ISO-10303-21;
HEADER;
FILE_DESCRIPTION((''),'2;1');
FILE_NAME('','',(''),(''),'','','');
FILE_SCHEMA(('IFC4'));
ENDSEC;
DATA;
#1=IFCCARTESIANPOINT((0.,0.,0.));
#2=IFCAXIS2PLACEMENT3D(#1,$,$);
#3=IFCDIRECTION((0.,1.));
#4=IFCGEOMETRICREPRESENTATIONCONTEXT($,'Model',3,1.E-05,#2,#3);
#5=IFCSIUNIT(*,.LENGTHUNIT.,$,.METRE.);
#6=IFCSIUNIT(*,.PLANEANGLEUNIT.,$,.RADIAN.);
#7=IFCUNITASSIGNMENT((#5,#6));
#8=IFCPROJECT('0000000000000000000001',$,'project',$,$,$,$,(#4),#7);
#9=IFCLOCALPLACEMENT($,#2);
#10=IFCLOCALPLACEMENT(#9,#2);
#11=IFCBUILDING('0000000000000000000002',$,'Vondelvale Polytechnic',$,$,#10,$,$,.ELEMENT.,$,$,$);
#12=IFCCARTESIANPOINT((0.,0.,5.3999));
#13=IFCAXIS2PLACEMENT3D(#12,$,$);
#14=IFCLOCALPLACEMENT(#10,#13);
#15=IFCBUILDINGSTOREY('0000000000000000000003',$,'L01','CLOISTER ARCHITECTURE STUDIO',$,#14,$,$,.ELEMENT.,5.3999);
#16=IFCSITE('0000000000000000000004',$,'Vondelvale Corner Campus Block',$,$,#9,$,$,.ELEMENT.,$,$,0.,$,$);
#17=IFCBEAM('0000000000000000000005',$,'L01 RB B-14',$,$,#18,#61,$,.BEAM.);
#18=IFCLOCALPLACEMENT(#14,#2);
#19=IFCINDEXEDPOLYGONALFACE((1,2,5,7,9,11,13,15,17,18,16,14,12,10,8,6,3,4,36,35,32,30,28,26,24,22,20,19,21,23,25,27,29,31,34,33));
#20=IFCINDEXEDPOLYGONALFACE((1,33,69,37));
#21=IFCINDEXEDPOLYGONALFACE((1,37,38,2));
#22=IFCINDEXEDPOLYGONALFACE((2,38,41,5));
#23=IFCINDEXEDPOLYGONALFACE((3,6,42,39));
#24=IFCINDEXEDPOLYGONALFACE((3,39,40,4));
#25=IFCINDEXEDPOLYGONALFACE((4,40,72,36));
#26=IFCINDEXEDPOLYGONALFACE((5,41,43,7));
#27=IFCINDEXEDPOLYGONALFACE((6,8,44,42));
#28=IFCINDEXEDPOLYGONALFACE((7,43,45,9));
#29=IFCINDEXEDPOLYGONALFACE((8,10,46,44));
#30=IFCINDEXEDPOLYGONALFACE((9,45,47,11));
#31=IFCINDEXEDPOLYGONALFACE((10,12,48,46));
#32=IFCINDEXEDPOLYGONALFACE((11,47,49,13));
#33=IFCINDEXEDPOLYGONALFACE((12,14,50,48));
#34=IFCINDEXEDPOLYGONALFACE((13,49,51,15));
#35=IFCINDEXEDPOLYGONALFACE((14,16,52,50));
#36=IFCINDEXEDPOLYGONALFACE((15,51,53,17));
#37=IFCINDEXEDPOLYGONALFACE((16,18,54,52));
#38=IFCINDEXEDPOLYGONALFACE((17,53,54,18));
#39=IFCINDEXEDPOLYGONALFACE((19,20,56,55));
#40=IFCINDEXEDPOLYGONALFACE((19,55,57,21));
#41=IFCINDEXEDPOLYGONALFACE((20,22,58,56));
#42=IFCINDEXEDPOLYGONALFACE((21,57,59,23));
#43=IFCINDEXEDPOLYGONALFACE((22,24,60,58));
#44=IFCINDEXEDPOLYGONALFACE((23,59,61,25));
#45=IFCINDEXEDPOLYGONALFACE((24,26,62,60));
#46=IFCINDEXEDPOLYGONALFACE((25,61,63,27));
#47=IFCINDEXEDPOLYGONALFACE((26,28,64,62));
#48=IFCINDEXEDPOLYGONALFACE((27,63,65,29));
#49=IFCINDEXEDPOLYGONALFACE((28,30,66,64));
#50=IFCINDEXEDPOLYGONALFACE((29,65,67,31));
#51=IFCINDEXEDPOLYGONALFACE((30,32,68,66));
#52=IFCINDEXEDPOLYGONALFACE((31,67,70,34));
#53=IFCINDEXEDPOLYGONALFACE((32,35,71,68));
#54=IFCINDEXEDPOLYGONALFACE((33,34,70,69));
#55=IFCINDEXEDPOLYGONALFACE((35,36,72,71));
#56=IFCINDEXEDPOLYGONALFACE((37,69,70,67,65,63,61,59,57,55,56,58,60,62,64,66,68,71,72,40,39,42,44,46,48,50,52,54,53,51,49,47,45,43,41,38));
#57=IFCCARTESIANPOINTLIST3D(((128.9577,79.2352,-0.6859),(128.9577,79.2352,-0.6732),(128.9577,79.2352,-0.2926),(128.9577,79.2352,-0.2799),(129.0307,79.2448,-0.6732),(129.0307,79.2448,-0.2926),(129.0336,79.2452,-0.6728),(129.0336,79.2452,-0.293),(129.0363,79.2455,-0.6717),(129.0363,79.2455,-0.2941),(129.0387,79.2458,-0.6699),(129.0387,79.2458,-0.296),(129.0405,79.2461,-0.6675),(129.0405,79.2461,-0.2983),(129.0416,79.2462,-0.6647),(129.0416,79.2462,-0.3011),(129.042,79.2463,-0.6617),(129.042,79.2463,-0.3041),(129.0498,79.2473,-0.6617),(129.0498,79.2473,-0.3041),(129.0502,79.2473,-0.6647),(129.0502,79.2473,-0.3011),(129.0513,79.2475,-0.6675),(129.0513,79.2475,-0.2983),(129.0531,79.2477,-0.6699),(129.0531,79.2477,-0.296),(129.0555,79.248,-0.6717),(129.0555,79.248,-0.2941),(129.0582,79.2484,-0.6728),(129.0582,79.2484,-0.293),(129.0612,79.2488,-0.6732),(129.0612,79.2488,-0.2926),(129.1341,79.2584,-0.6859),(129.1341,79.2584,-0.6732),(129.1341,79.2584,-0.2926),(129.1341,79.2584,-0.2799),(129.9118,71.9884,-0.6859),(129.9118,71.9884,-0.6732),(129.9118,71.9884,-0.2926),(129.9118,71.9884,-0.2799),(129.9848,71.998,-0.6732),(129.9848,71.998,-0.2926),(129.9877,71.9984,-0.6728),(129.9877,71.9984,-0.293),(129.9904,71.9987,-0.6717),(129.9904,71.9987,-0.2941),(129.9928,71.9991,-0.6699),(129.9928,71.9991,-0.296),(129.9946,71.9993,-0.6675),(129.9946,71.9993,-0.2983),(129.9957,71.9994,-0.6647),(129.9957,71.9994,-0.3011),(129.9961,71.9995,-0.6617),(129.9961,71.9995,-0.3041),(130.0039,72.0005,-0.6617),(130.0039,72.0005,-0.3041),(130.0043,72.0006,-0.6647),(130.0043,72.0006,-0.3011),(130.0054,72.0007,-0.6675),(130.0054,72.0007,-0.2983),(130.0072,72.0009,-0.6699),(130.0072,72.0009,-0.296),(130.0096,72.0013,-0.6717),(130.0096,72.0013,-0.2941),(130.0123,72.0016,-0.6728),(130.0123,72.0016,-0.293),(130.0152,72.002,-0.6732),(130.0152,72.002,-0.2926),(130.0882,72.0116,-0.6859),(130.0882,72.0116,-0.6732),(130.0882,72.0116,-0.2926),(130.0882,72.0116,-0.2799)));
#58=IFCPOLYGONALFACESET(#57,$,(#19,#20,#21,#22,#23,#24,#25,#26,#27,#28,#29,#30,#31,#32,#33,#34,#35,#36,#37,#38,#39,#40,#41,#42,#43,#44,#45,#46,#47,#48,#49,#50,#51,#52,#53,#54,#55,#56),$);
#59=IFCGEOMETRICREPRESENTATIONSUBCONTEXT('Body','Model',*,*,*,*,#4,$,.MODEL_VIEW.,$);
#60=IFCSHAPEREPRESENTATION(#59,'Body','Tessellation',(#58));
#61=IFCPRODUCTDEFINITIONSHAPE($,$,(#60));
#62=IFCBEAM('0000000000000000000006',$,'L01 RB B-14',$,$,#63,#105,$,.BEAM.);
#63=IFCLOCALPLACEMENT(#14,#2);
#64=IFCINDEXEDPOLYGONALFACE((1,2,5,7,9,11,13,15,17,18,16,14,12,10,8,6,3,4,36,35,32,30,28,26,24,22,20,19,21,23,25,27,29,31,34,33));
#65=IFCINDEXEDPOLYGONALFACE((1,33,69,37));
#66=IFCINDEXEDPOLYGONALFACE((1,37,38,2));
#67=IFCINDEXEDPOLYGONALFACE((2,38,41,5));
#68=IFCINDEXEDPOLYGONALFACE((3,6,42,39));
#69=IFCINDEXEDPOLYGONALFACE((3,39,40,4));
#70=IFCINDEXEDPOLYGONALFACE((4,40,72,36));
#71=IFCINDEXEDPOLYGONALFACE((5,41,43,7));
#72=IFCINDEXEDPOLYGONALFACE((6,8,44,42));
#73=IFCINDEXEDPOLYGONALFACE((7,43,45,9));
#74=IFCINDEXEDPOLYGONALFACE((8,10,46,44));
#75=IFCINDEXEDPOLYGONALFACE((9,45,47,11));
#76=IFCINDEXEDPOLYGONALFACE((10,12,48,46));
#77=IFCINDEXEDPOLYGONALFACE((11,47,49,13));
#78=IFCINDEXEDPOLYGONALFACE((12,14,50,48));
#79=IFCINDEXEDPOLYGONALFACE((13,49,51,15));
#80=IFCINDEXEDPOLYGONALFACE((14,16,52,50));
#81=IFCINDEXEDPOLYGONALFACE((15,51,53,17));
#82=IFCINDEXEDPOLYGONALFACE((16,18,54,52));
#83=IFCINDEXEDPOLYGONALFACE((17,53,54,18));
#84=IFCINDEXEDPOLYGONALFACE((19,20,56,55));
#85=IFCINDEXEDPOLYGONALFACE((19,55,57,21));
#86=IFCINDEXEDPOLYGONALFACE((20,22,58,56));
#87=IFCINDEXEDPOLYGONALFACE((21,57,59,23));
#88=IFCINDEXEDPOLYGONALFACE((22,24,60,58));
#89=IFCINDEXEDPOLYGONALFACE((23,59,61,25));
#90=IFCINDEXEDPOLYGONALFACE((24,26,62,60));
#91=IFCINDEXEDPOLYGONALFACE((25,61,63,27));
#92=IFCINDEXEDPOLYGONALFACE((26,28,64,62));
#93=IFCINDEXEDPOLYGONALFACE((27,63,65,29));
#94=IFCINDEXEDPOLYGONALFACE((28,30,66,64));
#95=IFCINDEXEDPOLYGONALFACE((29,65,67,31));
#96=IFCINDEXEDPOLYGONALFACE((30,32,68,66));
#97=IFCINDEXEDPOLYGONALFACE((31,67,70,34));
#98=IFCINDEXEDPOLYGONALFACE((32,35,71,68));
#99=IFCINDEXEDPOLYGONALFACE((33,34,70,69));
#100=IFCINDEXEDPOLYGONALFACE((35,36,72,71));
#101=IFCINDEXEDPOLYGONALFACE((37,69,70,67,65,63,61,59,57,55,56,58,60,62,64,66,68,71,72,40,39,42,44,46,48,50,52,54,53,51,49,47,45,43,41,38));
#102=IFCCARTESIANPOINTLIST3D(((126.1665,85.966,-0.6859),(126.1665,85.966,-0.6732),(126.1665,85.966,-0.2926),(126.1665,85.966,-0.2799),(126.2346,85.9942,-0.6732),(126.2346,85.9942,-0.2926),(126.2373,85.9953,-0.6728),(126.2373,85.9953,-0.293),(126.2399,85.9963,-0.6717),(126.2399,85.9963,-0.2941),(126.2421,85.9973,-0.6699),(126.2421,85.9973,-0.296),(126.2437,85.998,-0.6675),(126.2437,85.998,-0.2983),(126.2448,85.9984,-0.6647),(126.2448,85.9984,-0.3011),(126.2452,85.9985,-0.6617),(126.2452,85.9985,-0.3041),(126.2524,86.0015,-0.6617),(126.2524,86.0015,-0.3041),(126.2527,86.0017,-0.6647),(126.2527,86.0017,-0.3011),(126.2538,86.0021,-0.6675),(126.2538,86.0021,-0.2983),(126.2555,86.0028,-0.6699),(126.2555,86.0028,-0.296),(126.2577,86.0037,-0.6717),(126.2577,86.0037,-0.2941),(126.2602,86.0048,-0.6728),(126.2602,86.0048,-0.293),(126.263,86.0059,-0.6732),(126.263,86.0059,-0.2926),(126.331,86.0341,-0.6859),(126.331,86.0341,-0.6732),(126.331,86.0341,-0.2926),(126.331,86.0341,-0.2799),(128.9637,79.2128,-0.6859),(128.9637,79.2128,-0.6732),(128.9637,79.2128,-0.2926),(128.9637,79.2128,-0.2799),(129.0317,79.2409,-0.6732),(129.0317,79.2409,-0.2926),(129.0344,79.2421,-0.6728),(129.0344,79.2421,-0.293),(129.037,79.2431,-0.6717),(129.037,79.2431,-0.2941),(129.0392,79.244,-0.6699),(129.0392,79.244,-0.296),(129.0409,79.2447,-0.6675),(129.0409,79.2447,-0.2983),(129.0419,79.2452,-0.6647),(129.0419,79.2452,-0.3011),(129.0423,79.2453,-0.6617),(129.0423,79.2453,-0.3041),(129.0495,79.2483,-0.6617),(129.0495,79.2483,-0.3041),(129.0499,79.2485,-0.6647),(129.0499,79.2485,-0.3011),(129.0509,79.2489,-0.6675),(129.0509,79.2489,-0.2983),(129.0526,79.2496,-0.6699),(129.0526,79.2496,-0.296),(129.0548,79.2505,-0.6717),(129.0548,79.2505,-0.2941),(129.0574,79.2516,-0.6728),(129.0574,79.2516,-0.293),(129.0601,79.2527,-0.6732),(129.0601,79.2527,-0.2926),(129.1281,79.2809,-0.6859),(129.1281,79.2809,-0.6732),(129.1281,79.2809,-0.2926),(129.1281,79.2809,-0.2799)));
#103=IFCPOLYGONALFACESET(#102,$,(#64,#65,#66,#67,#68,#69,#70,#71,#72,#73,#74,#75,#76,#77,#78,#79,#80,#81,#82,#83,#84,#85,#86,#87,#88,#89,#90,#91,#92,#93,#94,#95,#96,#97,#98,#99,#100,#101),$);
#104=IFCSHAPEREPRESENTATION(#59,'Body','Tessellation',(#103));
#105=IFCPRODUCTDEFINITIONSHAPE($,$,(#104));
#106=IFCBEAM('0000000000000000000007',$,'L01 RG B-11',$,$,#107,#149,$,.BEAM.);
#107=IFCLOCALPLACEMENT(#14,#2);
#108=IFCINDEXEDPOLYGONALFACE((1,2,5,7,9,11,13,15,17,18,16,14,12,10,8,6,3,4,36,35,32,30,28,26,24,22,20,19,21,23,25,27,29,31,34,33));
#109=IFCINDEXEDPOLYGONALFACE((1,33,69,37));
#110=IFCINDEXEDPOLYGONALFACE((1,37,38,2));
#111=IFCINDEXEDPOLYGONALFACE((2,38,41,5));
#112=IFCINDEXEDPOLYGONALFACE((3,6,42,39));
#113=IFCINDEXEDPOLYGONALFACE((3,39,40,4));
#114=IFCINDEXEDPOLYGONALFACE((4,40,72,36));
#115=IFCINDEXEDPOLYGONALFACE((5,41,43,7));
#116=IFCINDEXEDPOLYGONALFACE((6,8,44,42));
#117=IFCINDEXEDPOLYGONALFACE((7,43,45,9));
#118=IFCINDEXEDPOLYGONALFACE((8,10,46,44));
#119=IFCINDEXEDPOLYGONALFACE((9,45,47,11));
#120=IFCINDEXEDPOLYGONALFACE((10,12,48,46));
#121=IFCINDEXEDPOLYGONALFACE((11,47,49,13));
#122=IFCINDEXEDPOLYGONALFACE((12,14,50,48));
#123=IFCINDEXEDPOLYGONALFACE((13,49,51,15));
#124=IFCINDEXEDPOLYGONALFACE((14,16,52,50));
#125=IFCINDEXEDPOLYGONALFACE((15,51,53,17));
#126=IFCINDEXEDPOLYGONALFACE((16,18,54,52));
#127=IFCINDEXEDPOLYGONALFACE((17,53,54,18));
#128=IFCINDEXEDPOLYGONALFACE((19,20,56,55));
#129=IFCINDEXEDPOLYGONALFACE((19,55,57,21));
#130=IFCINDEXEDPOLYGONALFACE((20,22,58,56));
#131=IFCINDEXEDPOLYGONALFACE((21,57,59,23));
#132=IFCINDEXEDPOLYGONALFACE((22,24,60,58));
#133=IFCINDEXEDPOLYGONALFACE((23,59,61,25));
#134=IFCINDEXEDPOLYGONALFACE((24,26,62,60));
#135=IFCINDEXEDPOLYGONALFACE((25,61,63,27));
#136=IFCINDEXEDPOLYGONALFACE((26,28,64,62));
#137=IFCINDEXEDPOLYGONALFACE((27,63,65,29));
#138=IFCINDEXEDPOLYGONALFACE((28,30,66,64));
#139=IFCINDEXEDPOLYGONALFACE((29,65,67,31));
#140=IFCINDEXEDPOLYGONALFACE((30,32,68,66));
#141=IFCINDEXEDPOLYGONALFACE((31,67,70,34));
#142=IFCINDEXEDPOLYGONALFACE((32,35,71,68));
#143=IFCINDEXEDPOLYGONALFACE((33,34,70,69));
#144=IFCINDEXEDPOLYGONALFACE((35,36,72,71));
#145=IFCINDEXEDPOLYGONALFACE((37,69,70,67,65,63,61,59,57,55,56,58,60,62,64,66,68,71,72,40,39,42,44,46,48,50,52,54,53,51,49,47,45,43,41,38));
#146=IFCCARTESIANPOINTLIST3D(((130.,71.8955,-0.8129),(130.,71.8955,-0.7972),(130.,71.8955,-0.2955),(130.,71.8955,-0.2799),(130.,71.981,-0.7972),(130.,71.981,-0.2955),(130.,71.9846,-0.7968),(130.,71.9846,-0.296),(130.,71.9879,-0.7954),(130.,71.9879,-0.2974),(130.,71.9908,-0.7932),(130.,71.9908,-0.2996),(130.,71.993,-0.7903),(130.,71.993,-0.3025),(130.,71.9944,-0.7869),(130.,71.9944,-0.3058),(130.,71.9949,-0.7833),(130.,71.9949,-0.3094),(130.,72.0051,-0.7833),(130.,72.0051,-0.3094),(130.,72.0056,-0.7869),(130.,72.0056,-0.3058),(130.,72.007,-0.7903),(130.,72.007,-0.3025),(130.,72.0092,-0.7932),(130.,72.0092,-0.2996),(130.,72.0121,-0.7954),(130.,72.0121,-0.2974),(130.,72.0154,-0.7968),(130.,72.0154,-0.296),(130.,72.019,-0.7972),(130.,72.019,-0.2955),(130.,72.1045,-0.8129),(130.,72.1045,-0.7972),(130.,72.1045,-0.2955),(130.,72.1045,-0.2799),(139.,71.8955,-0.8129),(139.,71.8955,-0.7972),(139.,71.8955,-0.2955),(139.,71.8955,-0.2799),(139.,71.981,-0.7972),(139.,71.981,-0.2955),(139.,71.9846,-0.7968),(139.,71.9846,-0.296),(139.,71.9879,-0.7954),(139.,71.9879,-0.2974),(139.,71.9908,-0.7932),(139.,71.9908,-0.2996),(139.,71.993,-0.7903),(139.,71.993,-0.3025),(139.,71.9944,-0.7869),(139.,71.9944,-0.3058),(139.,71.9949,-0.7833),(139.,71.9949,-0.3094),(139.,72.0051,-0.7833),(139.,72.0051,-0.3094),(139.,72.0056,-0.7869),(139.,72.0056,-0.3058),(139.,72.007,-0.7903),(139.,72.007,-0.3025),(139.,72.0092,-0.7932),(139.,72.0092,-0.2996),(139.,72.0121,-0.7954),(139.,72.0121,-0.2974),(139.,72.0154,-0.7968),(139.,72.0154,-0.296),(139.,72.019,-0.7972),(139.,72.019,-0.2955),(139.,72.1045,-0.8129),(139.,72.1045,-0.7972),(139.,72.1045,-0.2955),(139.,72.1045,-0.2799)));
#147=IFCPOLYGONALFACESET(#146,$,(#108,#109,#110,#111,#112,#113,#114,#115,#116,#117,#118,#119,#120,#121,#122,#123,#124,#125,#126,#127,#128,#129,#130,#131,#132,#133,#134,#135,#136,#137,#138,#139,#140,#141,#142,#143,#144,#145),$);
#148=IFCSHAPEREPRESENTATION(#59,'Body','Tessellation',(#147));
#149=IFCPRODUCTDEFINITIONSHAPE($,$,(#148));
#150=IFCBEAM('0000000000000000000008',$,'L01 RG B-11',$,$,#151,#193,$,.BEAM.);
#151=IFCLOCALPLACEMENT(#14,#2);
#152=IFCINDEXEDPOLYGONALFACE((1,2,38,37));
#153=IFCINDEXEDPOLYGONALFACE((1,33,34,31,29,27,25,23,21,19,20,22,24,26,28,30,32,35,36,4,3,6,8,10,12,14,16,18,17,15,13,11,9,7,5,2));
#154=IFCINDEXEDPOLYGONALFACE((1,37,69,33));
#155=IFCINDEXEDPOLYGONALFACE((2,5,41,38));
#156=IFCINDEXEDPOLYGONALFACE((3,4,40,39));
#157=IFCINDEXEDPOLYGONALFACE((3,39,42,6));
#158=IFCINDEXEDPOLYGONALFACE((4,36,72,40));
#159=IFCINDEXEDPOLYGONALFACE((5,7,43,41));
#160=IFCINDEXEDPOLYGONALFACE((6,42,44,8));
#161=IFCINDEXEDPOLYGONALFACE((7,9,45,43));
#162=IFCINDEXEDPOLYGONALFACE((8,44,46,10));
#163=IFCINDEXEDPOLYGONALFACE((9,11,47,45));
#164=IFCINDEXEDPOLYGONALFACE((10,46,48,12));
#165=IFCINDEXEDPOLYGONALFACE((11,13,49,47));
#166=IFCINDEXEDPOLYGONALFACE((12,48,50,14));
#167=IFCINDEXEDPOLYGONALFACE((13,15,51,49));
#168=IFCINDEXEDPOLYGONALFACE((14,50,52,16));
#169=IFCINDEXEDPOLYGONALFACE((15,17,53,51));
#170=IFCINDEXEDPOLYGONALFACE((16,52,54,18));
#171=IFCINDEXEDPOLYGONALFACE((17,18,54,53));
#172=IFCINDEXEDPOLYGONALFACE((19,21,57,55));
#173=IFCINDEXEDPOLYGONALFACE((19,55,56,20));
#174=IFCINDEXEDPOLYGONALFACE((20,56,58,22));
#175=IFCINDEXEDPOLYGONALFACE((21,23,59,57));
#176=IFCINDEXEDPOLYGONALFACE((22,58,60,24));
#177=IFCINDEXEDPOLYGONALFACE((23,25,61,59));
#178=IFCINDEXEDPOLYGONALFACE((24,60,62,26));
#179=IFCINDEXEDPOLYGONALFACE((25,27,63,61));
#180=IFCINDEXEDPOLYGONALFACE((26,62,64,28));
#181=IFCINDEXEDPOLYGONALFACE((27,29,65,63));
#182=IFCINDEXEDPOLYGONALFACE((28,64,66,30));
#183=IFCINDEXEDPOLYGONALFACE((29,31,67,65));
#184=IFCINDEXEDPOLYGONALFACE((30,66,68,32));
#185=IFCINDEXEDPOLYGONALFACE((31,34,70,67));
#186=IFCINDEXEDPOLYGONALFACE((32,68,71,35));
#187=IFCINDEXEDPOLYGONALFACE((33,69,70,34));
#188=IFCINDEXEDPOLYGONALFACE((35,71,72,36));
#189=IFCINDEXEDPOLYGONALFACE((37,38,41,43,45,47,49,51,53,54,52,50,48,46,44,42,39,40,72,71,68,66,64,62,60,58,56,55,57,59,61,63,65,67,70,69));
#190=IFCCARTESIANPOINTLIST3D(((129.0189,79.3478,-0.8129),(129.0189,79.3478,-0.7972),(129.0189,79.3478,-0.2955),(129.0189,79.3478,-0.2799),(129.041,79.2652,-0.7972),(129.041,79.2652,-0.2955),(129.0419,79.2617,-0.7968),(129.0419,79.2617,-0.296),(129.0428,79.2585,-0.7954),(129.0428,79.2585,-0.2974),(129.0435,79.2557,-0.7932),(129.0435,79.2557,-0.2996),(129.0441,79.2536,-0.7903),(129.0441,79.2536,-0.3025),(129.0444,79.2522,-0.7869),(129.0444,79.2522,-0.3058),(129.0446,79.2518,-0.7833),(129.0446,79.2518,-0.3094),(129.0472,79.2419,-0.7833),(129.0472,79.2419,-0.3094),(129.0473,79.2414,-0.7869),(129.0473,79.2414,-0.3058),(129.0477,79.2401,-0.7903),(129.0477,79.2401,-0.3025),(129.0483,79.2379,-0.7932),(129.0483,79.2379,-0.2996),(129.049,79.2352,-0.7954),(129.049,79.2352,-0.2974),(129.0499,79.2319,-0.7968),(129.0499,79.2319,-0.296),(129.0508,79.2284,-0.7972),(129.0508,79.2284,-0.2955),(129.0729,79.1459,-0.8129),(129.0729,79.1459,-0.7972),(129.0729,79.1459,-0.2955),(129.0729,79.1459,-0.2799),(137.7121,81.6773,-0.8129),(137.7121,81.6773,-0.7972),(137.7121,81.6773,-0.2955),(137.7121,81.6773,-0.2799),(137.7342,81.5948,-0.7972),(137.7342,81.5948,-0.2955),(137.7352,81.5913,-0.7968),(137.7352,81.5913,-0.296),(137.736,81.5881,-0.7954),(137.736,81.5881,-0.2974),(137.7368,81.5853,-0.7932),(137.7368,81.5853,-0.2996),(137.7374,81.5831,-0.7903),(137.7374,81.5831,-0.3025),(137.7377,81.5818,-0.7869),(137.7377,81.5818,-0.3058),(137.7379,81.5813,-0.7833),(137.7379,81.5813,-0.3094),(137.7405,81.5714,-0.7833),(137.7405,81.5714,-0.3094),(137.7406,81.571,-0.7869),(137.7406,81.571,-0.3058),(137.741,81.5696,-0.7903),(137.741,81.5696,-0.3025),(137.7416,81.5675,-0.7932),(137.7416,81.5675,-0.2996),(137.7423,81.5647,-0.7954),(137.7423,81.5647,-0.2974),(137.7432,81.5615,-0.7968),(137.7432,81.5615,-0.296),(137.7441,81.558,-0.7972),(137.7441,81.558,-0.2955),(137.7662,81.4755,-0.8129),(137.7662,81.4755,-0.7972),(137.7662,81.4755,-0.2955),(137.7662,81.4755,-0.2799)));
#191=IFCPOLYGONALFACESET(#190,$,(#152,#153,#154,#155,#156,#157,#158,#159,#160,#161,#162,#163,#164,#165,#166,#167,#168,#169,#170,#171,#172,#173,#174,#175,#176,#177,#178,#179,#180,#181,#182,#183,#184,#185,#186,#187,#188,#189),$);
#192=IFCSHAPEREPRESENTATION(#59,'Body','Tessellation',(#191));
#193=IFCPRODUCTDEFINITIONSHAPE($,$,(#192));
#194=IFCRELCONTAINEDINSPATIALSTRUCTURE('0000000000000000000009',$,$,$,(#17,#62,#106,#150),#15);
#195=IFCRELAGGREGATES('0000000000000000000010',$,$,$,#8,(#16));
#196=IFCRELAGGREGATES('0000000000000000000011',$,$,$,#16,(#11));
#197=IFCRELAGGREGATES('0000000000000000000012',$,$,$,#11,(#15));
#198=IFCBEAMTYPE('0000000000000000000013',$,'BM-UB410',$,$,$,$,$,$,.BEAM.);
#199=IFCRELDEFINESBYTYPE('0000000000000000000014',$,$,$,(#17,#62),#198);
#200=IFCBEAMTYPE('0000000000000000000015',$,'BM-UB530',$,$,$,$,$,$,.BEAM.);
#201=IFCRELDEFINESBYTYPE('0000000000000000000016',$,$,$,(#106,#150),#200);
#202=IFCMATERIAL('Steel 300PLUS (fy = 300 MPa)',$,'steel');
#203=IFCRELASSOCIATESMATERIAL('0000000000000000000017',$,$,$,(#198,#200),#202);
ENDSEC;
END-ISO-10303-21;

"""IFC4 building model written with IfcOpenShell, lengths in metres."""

from ifc_helpers import new_model, si_unit, direction, frame, origin, origin_2d, place, context, subcontext, project, spatial, i_section, extrude, material, material_profile, profile_set, type_object, element, save


model = new_model("IFC4")

# Units and contexts
model_context = context("Model", 3, precision=1e-05, world=origin(), true_north=direction((0.0, 1.0)))
body_context = subcontext(model_context, "Body", "Model", "MODEL_VIEW")
ifc_project = project(units=[si_unit("LENGTHUNIT", "METRE"), si_unit("PLANEANGLEUNIT", "RADIAN")], contexts=[model_context])

# Site, building, storey
site_placement = place(None, origin())
site = spatial("IfcSite", under=ifc_project, at=site_placement, Name="Vondelvale Corner Campus Block", CompositionType="ELEMENT", RefElevation=0.0)
building_placement = place(site_placement, origin())
building = spatial("IfcBuilding", under=site, at=building_placement, Name="Vondelvale Polytechnic", CompositionType="ELEMENT")
storey_placement = place(building_placement, frame((0.0, 0.0, 5.3999)))
storey = spatial("IfcBuildingStorey", under=building, at=storey_placement, Name="L01", Description="CLOISTER ARCHITECTURE STUDIO", CompositionType="ELEMENT", Elevation=5.3999)

# Beams
ifc_material_1 = material(Name="Steel 300PLUS (fy = 300 MPa)", Category="steel")
ifc_material_profile_1 = material_profile(ifc_material_1, i_section(OverallWidth=0.178, OverallDepth=0.406, WebThickness=0.0078, FlangeThickness=0.0127, FilletRadius=0.0115, at=origin_2d()), Name="410UB59.7")
ifc_profile_set_1 = profile_set([ifc_material_profile_1], Name="Steel 300PLUS (fy = 300 MPa)")
beam_type_1 = type_object("IfcBeamType", Name="BM-UB410", PredefinedType="BEAM", material=ifc_profile_set_1)
beam_1_placement = place(storey_placement, frame((130.0, 72.0, -0.4829), z_axis=(-0.130531, 0.991444, 0.0), x_axis=(-0.991444, -0.130531, 0.0)))
element("IfcBeam", 1, at=beam_1_placement, inside=storey, type_object=beam_type_1, Name="L01 RB B-14", PredefinedType="BEAM", context=body_context, shape_type="SweptSolid", body=[
    extrude(i_section(OverallWidth=0.178, OverallDepth=0.406, WebThickness=0.0078, FlangeThickness=0.0127, FilletRadius=0.0115, at=origin_2d()), origin(), (0.0, 0.0, 1.0), 7.3093),
])
beam_2_placement = place(storey_placement, frame((129.0459, 79.2468, -0.4829), z_axis=(-0.382667, 0.923886, 0.0), x_axis=(-0.923886, -0.382667, 0.0)))
element("IfcBeam", 2, at=beam_2_placement, inside=storey, type_object=beam_type_1, Name="L01 RB B-14", PredefinedType="BEAM", context=body_context, shape_type="SweptSolid", body=[
    extrude(i_section(OverallWidth=0.178, OverallDepth=0.406, WebThickness=0.0078, FlangeThickness=0.0127, FilletRadius=0.0115, at=origin_2d()), origin(), (0.0, 0.0, 1.0), 7.3096),
])
ifc_material_profile_2 = material_profile(ifc_material_1, i_section(OverallWidth=0.209, OverallDepth=0.533, WebThickness=0.0103, FlangeThickness=0.0156, FilletRadius=0.0139, at=origin_2d()), Name="530UB92.4")
ifc_profile_set_2 = profile_set([ifc_material_profile_2], Name="Steel 300PLUS (fy = 300 MPa)")
beam_type_2 = type_object("IfcBeamType", Name="BM-UB530", PredefinedType="BEAM", material=ifc_profile_set_2)
for number, where, z_axis, x_axis, name in (
    (3, (130.0, 72.0, -0.5464), (1.0, 0.0, 0.0), (0.0, 1.0, 0.0), "L01 RG B-11"),
    (4, (129.0459, 79.2468, -0.5464), (0.96592, 0.258841, 0.0), (-0.258841, 0.96592, 0.0), "L01 RG B-11"),
):
    element("IfcBeam", number, at=place(storey_placement, frame(where, z_axis=z_axis, x_axis=x_axis)), inside=storey, type_object=beam_type_2, Name=name, PredefinedType="BEAM", context=body_context, shape_type="SweptSolid", body=[
        extrude(i_section(OverallWidth=0.209, OverallDepth=0.533, WebThickness=0.0103, FlangeThickness=0.0156, FilletRadius=0.0139, at=origin_2d()), origin(), (0.0, 0.0, 1.0), 9.0),
    ])

save(model, "model.ifc")
